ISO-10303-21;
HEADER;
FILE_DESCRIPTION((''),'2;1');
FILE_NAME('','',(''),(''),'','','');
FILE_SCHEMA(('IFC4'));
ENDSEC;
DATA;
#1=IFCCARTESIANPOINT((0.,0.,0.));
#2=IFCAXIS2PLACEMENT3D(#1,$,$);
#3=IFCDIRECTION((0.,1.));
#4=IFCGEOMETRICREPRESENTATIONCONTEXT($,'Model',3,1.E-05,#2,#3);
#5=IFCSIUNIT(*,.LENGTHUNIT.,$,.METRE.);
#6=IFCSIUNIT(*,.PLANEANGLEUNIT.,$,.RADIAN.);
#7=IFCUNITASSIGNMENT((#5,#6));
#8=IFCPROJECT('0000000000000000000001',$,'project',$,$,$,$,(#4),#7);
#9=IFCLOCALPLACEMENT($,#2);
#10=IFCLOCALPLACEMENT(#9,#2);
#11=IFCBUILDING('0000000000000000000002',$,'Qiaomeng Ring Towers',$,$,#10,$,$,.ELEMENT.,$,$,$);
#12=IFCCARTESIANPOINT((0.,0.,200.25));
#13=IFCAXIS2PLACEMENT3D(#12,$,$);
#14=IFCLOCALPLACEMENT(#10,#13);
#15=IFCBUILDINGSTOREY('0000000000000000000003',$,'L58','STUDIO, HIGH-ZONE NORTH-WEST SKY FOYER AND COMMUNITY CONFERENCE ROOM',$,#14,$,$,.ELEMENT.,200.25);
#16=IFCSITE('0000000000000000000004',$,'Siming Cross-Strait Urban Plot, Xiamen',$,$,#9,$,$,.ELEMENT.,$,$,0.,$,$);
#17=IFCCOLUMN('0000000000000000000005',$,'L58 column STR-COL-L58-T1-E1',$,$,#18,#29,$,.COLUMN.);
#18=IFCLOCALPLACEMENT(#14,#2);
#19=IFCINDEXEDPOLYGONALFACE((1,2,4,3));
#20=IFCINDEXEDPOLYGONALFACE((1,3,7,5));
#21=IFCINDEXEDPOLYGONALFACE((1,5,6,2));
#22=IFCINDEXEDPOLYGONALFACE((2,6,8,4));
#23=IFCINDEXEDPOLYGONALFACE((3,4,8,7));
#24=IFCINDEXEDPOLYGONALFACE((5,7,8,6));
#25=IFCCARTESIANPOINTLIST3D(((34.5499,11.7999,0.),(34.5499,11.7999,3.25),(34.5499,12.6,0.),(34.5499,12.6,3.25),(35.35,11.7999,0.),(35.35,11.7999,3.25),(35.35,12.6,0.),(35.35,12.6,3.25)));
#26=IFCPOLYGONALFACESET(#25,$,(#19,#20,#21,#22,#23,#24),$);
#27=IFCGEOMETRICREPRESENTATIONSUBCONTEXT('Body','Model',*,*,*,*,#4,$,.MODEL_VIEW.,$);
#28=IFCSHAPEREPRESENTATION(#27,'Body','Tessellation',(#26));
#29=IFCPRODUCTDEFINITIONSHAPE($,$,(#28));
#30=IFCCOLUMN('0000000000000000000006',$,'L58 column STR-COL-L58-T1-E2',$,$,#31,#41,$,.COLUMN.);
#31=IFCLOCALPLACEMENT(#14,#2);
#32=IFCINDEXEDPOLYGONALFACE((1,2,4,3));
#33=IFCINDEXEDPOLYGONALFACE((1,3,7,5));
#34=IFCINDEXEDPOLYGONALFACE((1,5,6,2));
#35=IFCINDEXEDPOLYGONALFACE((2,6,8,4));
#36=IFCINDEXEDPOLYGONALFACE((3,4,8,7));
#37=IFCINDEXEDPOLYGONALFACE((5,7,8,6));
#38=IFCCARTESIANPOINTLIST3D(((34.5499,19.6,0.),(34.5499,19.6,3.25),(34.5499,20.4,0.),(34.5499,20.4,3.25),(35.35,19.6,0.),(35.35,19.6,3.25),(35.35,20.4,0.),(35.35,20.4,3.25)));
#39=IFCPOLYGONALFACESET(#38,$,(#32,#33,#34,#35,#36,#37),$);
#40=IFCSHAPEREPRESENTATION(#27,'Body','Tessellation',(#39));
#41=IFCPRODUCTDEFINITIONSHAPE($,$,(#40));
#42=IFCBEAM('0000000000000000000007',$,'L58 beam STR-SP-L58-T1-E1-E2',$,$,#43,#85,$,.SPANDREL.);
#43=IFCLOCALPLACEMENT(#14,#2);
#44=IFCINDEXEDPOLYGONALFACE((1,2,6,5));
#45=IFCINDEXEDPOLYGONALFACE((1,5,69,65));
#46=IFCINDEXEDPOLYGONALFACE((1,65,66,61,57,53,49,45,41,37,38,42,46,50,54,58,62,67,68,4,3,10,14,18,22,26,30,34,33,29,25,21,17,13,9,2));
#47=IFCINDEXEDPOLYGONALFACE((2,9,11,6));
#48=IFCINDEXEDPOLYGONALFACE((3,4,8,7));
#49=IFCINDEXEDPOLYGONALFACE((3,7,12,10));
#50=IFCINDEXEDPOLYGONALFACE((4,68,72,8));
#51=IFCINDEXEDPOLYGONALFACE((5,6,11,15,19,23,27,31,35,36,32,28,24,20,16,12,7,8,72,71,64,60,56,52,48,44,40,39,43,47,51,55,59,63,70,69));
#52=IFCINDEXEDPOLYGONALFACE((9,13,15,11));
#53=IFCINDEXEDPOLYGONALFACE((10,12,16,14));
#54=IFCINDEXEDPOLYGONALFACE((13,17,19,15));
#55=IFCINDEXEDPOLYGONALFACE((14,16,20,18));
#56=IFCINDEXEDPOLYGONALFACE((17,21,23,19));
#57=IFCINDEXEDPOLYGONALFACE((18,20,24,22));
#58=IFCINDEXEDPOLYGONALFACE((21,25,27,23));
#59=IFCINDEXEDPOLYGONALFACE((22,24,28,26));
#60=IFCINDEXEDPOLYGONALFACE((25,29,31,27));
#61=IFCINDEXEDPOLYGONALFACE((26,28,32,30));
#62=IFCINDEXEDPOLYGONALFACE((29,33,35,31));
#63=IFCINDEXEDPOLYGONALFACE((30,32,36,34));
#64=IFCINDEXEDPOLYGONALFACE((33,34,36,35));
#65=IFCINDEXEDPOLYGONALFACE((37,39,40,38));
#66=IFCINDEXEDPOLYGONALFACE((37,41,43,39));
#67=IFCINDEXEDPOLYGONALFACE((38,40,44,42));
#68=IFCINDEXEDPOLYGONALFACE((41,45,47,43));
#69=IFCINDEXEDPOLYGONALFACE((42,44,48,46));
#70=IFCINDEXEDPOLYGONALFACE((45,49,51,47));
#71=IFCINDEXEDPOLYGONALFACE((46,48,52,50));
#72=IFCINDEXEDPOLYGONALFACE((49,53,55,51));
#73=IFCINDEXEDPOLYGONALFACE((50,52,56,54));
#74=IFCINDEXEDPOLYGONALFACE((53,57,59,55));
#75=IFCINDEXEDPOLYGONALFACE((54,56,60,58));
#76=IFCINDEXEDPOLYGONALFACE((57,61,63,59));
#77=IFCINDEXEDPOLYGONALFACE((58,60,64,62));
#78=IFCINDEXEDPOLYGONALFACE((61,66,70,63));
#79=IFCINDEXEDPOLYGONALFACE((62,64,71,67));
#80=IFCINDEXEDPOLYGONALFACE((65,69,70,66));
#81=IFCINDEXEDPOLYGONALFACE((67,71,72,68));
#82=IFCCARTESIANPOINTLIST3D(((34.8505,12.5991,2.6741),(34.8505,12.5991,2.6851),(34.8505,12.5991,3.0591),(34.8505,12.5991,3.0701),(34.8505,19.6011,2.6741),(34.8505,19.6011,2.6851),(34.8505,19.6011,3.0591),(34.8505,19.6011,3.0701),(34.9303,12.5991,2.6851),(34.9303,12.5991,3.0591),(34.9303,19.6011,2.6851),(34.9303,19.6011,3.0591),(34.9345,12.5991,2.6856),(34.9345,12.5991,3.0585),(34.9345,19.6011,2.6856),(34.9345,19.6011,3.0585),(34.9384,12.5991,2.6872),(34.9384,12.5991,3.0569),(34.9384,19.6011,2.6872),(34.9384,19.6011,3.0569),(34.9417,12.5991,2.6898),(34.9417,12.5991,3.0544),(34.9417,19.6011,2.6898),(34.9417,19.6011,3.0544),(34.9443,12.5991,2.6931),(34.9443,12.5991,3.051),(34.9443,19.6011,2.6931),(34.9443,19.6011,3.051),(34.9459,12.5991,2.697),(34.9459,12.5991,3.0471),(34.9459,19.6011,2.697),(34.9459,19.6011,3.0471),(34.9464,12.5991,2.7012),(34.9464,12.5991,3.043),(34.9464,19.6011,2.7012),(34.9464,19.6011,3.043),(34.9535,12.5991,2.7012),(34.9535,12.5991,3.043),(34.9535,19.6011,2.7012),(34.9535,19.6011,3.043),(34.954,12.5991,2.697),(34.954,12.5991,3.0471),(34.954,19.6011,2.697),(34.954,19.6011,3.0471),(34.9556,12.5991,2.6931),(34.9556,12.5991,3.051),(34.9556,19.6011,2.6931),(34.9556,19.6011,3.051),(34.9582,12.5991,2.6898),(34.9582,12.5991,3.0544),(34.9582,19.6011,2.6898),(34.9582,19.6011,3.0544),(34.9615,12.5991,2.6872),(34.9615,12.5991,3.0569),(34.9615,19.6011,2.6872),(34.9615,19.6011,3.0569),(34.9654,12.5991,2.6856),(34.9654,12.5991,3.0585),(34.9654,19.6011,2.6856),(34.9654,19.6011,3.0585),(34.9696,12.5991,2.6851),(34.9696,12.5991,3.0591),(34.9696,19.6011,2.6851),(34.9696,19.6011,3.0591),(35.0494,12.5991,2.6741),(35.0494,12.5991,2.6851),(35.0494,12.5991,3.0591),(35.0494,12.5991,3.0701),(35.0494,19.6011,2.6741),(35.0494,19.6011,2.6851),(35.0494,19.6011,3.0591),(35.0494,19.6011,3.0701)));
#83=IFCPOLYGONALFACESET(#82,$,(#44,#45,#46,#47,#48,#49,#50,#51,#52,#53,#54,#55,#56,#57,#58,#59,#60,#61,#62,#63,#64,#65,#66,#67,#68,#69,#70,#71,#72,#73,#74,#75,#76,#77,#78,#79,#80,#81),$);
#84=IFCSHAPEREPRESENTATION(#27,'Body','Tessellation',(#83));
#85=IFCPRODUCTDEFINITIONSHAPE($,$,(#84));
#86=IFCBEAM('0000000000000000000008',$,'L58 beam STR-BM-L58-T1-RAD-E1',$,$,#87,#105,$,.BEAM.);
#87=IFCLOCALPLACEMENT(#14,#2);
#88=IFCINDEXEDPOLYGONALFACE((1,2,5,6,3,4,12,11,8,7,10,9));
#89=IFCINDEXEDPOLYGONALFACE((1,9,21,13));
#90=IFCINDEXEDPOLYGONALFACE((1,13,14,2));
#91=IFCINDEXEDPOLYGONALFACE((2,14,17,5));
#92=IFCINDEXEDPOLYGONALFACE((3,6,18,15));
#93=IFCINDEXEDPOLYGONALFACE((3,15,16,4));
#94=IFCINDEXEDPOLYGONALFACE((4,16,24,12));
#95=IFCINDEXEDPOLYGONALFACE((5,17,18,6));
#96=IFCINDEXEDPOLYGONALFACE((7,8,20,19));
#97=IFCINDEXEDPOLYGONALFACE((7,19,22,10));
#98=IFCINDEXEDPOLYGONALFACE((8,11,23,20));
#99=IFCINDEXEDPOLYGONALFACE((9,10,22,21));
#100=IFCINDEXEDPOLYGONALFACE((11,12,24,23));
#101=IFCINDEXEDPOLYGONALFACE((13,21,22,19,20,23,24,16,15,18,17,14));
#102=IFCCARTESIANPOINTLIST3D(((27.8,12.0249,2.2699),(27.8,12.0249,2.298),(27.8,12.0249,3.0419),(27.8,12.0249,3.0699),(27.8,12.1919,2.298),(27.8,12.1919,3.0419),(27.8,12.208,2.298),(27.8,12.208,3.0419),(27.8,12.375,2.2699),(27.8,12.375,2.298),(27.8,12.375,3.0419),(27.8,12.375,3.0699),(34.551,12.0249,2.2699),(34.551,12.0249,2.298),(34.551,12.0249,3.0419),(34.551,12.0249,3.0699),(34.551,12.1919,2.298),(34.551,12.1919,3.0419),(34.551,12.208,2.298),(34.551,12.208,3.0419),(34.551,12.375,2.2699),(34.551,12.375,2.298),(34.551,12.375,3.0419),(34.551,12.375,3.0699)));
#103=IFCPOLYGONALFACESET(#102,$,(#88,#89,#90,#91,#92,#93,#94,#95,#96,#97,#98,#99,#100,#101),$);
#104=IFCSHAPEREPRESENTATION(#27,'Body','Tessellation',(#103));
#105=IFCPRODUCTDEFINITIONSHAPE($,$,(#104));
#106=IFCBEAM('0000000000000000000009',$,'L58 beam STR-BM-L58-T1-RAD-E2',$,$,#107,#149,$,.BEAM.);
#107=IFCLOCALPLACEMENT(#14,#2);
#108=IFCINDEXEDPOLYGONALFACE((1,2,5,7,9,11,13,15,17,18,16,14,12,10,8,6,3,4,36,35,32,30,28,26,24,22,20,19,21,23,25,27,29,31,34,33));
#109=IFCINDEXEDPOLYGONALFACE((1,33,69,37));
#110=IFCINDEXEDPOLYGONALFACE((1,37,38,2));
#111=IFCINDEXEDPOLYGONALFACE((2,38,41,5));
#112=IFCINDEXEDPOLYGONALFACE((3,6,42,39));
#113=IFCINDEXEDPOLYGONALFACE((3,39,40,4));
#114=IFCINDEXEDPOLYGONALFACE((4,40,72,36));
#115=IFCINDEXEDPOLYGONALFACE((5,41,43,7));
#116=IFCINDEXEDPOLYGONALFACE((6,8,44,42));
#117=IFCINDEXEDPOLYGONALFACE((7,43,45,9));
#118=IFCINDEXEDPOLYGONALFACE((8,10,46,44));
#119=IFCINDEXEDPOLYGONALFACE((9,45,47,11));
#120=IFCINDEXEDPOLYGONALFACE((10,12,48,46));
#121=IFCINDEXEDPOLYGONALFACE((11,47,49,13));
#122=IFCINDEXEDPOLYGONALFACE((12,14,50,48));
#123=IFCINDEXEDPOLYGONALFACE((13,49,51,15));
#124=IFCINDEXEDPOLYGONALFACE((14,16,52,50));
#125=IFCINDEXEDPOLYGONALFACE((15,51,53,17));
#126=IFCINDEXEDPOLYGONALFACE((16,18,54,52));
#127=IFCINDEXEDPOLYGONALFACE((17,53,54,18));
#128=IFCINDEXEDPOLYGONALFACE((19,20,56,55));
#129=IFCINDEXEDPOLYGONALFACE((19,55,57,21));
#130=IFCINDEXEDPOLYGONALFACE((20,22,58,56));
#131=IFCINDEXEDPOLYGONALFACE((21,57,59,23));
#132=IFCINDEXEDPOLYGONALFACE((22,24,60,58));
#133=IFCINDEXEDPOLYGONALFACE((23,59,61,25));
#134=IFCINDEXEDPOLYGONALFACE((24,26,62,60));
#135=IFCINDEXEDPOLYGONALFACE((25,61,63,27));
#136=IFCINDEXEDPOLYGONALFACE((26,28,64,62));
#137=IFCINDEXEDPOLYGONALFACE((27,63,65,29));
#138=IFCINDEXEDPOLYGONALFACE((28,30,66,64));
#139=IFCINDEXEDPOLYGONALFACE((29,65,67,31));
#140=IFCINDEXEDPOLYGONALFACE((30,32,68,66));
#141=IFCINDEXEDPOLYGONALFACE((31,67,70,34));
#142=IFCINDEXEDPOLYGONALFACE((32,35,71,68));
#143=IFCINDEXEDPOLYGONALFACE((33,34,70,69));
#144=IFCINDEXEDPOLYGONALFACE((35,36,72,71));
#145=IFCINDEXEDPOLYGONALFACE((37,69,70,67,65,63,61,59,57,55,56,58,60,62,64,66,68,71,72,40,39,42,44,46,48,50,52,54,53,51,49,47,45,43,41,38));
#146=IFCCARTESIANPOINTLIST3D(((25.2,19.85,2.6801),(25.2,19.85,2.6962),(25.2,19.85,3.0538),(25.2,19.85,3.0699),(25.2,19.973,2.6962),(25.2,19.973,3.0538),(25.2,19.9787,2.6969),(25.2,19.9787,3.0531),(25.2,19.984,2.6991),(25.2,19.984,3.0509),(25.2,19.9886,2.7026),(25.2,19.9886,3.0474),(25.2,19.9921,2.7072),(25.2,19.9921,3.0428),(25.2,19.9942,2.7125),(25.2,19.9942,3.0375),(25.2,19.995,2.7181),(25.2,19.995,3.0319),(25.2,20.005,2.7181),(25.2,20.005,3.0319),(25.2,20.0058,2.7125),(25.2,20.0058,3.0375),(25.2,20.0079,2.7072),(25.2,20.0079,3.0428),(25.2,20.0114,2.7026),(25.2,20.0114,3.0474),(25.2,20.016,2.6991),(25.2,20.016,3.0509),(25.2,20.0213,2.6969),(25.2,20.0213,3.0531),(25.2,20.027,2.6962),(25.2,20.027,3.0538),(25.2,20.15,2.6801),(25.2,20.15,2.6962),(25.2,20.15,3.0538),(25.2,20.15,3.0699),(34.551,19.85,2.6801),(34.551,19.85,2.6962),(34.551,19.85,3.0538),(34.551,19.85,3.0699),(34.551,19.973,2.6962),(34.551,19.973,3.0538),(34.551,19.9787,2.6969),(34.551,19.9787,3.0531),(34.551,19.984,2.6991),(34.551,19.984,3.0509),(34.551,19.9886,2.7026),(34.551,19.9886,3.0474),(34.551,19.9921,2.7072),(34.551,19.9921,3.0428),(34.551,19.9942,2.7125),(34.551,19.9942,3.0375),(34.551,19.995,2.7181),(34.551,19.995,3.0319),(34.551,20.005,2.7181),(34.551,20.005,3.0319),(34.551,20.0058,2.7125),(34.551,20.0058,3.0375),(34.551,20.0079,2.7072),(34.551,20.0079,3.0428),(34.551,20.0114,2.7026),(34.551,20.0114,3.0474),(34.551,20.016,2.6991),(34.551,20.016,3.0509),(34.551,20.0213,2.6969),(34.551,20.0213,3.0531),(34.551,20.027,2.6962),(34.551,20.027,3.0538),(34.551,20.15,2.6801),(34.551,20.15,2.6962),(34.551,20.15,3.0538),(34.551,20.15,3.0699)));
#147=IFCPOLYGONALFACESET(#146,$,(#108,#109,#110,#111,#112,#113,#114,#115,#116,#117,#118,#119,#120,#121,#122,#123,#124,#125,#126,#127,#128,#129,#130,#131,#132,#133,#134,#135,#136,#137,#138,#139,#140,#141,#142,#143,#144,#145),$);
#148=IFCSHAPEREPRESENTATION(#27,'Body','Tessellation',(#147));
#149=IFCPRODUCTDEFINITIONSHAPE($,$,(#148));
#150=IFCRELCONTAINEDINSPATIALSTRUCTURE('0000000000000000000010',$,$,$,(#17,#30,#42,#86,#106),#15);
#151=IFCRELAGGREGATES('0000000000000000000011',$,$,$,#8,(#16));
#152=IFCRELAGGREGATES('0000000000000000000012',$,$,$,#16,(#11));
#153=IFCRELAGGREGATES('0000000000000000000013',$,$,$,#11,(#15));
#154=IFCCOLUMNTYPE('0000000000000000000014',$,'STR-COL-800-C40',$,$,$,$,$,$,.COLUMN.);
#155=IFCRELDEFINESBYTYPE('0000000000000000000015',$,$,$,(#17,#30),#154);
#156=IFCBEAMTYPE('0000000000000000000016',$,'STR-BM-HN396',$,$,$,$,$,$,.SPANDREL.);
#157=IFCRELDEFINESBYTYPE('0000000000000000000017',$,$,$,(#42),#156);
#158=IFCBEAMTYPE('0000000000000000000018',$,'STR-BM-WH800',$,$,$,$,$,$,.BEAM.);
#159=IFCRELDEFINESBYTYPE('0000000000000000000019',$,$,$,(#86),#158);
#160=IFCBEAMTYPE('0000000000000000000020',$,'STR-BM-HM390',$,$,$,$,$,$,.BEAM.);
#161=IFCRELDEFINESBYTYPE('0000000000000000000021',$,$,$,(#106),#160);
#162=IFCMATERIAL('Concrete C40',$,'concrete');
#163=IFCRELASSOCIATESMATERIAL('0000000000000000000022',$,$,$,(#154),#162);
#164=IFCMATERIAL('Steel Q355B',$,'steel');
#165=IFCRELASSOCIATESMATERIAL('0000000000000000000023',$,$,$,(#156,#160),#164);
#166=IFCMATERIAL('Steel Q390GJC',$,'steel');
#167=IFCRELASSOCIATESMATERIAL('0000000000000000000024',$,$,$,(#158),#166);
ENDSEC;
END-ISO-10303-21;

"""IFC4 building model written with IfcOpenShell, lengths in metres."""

from ifc_helpers import new_model, si_unit, direction, frame, origin, origin_2d, place, context, subcontext, project, spatial, rectangle, i_section, extrude, source, transform, mapped, material, material_profile, profile_set, type_object, element, save


model = new_model("IFC4")

# Units and contexts
model_context = context("Model", 3, precision=1e-05, world=origin(), true_north=direction((0.0, 1.0)))
body_context = subcontext(model_context, "Body", "Model", "MODEL_VIEW")
ifc_project = project(units=[si_unit("LENGTHUNIT", "METRE"), si_unit("PLANEANGLEUNIT", "RADIAN")], contexts=[model_context])

# Site, building, storey
site_placement = place(None, origin())
site = spatial("IfcSite", under=ifc_project, at=site_placement, Name="Siming Cross-Strait Urban Plot, Xiamen", CompositionType="ELEMENT", RefElevation=0.0)
building_placement = place(site_placement, origin())
building = spatial("IfcBuilding", under=site, at=building_placement, Name="Qiaomeng Ring Towers", CompositionType="ELEMENT")
storey_placement = place(building_placement, frame((0.0, 0.0, 200.25)))
storey = spatial("IfcBuildingStorey", under=building, at=storey_placement, Name="L58", Description="STUDIO, HIGH-ZONE NORTH-WEST SKY FOYER AND COMMUNITY CONFERENCE ROOM", CompositionType="ELEMENT", Elevation=200.25)

# Columns
ifc_material_1 = material(Name="Concrete C40", Category="concrete")
ifc_material_profile_1 = material_profile(ifc_material_1, rectangle(XDim=0.8, YDim=0.8, at=origin_2d()), Name="RC COL 800x800")
ifc_profile_set_1 = profile_set([ifc_material_profile_1], Name="Concrete C40")
column_type = type_object("IfcColumnType", Name="STR-COL-800-C40", PredefinedType="COLUMN", material=ifc_profile_set_1)
shared_shape_1 = source(origin(), body_context, "Body", "SweptSolid", [
    extrude(rectangle(XDim=0.8, YDim=0.8, at=origin_2d()), origin(), (0.0, 0.0, 1.0), 3.25),
])
for number, where, z_axis, x_axis, name in (
    (1, (34.95, 12.2, 0.0), (0.0, 0.0, 1.0), (1.0, 0.0, 0.0), "L58 column STR-COL-L58-T1-E1"),
    (2, (34.95, 20.0, 0.0), (0.0, 0.0, 1.0), (1.0, 0.0, 0.0), "L58 column STR-COL-L58-T1-E2"),
):
    element("IfcColumn", number, at=place(storey_placement, frame(where, z_axis=z_axis, x_axis=x_axis)), inside=storey, type_object=column_type, Name=name, PredefinedType="COLUMN", context=body_context, shape_type="MappedRepresentation", body=[
        mapped(shared_shape_1, transform((0.0, 0.0, 0.0), x_axis=(1.0, 0.0, 0.0), y_axis=(0.0, 1.0, 0.0), z_axis=(0.0, 0.0, 1.0), scale=1.0)),
    ])

# Beams
ifc_material_2 = material(Name="Steel Q355B", Category="steel")
ifc_material_profile_2 = material_profile(ifc_material_2, i_section(OverallWidth=0.199, OverallDepth=0.396, WebThickness=0.0071, FlangeThickness=0.011, FilletRadius=0.0161, at=origin_2d()), Name="HN 396x199x7x11")
ifc_profile_set_2 = profile_set([ifc_material_profile_2], Name="Steel Q355B")
beam_type_1 = type_object("IfcBeamType", Name="STR-BM-HN396", PredefinedType="SPANDREL", material=ifc_profile_set_2)
shared_shape_2 = source(origin(), body_context, "Body", "SweptSolid", [
    extrude(i_section(OverallWidth=0.199, OverallDepth=0.396, WebThickness=0.0071, FlangeThickness=0.011, FilletRadius=0.0161, at=origin_2d()), origin(), (0.0, 0.0, 1.0), 7.002),
])
beam_1_placement = place(storey_placement, frame((34.95, 12.5991, 2.8721), z_axis=(0.0, 1.0, 0.0), x_axis=(-1.0, 0.0, 0.0)))
element("IfcBeam", 3, at=beam_1_placement, inside=storey, type_object=beam_type_1, Name="L58 beam STR-SP-L58-T1-E1-E2", PredefinedType="SPANDREL", context=body_context, shape_type="MappedRepresentation", body=[
    mapped(shared_shape_2, transform((0.0, 0.0, 0.0), x_axis=(1.0, 0.0, 0.0), y_axis=(0.0, 1.0, 0.0), z_axis=(0.0, 0.0, 1.0), scale=1.0)),
])
ifc_material_3 = material(Name="Steel Q390GJC", Category="steel")
ifc_material_profile_3 = material_profile(ifc_material_3, i_section(OverallWidth=0.3501, OverallDepth=0.8, WebThickness=0.0161, FlangeThickness=0.0281, at=origin_2d()), Name="WH 800x350x16x28")
ifc_profile_set_3 = profile_set([ifc_material_profile_3], Name="Steel Q390GJC")
beam_type_2 = type_object("IfcBeamType", Name="STR-BM-WH800", PredefinedType="BEAM", material=ifc_profile_set_3)
shared_shape_3 = source(origin(), body_context, "Body", "SweptSolid", [
    extrude(i_section(OverallWidth=0.3501, OverallDepth=0.8, WebThickness=0.0161, FlangeThickness=0.0281, at=origin_2d()), origin(), (0.0, 0.0, 1.0), 6.751),
])
beam_2_placement = place(storey_placement, frame((27.8, 12.2, 2.6699), z_axis=(1.0, 0.0, 0.0), x_axis=(0.0, 1.0, 0.0)))
element("IfcBeam", 4, at=beam_2_placement, inside=storey, type_object=beam_type_2, Name="L58 beam STR-BM-L58-T1-RAD-E1", PredefinedType="BEAM", context=body_context, shape_type="MappedRepresentation", body=[
    mapped(shared_shape_3, transform((0.0, 0.0, 0.0), x_axis=(1.0, 0.0, 0.0), y_axis=(0.0, 1.0, 0.0), z_axis=(0.0, 0.0, 1.0), scale=1.0)),
])
ifc_material_profile_4 = material_profile(ifc_material_2, i_section(OverallWidth=0.3, OverallDepth=0.3899, WebThickness=0.01, FlangeThickness=0.0161, FilletRadius=0.022, at=origin_2d()), Name="HM 390x300x10x16")
ifc_profile_set_4 = profile_set([ifc_material_profile_4], Name="Steel Q355B")
beam_type_3 = type_object("IfcBeamType", Name="STR-BM-HM390", PredefinedType="BEAM", material=ifc_profile_set_4)
shared_shape_4 = source(origin(), body_context, "Body", "SweptSolid", [
    extrude(i_section(OverallWidth=0.3, OverallDepth=0.3899, WebThickness=0.01, FlangeThickness=0.0161, FilletRadius=0.022, at=origin_2d()), origin(), (0.0, 0.0, 1.0), 9.3511),
])
beam_3_placement = place(storey_placement, frame((25.2, 20.0, 2.875), z_axis=(1.0, 0.0, 0.0), x_axis=(0.0, 1.0, 0.0)))
element("IfcBeam", 5, at=beam_3_placement, inside=storey, type_object=beam_type_3, Name="L58 beam STR-BM-L58-T1-RAD-E2", PredefinedType="BEAM", context=body_context, shape_type="MappedRepresentation", body=[
    mapped(shared_shape_4, transform((0.0, 0.0, 0.0), x_axis=(1.0, 0.0, 0.0), y_axis=(0.0, 1.0, 0.0), z_axis=(0.0, 0.0, 1.0), scale=1.0)),
])

save(model, "model.ifc")
